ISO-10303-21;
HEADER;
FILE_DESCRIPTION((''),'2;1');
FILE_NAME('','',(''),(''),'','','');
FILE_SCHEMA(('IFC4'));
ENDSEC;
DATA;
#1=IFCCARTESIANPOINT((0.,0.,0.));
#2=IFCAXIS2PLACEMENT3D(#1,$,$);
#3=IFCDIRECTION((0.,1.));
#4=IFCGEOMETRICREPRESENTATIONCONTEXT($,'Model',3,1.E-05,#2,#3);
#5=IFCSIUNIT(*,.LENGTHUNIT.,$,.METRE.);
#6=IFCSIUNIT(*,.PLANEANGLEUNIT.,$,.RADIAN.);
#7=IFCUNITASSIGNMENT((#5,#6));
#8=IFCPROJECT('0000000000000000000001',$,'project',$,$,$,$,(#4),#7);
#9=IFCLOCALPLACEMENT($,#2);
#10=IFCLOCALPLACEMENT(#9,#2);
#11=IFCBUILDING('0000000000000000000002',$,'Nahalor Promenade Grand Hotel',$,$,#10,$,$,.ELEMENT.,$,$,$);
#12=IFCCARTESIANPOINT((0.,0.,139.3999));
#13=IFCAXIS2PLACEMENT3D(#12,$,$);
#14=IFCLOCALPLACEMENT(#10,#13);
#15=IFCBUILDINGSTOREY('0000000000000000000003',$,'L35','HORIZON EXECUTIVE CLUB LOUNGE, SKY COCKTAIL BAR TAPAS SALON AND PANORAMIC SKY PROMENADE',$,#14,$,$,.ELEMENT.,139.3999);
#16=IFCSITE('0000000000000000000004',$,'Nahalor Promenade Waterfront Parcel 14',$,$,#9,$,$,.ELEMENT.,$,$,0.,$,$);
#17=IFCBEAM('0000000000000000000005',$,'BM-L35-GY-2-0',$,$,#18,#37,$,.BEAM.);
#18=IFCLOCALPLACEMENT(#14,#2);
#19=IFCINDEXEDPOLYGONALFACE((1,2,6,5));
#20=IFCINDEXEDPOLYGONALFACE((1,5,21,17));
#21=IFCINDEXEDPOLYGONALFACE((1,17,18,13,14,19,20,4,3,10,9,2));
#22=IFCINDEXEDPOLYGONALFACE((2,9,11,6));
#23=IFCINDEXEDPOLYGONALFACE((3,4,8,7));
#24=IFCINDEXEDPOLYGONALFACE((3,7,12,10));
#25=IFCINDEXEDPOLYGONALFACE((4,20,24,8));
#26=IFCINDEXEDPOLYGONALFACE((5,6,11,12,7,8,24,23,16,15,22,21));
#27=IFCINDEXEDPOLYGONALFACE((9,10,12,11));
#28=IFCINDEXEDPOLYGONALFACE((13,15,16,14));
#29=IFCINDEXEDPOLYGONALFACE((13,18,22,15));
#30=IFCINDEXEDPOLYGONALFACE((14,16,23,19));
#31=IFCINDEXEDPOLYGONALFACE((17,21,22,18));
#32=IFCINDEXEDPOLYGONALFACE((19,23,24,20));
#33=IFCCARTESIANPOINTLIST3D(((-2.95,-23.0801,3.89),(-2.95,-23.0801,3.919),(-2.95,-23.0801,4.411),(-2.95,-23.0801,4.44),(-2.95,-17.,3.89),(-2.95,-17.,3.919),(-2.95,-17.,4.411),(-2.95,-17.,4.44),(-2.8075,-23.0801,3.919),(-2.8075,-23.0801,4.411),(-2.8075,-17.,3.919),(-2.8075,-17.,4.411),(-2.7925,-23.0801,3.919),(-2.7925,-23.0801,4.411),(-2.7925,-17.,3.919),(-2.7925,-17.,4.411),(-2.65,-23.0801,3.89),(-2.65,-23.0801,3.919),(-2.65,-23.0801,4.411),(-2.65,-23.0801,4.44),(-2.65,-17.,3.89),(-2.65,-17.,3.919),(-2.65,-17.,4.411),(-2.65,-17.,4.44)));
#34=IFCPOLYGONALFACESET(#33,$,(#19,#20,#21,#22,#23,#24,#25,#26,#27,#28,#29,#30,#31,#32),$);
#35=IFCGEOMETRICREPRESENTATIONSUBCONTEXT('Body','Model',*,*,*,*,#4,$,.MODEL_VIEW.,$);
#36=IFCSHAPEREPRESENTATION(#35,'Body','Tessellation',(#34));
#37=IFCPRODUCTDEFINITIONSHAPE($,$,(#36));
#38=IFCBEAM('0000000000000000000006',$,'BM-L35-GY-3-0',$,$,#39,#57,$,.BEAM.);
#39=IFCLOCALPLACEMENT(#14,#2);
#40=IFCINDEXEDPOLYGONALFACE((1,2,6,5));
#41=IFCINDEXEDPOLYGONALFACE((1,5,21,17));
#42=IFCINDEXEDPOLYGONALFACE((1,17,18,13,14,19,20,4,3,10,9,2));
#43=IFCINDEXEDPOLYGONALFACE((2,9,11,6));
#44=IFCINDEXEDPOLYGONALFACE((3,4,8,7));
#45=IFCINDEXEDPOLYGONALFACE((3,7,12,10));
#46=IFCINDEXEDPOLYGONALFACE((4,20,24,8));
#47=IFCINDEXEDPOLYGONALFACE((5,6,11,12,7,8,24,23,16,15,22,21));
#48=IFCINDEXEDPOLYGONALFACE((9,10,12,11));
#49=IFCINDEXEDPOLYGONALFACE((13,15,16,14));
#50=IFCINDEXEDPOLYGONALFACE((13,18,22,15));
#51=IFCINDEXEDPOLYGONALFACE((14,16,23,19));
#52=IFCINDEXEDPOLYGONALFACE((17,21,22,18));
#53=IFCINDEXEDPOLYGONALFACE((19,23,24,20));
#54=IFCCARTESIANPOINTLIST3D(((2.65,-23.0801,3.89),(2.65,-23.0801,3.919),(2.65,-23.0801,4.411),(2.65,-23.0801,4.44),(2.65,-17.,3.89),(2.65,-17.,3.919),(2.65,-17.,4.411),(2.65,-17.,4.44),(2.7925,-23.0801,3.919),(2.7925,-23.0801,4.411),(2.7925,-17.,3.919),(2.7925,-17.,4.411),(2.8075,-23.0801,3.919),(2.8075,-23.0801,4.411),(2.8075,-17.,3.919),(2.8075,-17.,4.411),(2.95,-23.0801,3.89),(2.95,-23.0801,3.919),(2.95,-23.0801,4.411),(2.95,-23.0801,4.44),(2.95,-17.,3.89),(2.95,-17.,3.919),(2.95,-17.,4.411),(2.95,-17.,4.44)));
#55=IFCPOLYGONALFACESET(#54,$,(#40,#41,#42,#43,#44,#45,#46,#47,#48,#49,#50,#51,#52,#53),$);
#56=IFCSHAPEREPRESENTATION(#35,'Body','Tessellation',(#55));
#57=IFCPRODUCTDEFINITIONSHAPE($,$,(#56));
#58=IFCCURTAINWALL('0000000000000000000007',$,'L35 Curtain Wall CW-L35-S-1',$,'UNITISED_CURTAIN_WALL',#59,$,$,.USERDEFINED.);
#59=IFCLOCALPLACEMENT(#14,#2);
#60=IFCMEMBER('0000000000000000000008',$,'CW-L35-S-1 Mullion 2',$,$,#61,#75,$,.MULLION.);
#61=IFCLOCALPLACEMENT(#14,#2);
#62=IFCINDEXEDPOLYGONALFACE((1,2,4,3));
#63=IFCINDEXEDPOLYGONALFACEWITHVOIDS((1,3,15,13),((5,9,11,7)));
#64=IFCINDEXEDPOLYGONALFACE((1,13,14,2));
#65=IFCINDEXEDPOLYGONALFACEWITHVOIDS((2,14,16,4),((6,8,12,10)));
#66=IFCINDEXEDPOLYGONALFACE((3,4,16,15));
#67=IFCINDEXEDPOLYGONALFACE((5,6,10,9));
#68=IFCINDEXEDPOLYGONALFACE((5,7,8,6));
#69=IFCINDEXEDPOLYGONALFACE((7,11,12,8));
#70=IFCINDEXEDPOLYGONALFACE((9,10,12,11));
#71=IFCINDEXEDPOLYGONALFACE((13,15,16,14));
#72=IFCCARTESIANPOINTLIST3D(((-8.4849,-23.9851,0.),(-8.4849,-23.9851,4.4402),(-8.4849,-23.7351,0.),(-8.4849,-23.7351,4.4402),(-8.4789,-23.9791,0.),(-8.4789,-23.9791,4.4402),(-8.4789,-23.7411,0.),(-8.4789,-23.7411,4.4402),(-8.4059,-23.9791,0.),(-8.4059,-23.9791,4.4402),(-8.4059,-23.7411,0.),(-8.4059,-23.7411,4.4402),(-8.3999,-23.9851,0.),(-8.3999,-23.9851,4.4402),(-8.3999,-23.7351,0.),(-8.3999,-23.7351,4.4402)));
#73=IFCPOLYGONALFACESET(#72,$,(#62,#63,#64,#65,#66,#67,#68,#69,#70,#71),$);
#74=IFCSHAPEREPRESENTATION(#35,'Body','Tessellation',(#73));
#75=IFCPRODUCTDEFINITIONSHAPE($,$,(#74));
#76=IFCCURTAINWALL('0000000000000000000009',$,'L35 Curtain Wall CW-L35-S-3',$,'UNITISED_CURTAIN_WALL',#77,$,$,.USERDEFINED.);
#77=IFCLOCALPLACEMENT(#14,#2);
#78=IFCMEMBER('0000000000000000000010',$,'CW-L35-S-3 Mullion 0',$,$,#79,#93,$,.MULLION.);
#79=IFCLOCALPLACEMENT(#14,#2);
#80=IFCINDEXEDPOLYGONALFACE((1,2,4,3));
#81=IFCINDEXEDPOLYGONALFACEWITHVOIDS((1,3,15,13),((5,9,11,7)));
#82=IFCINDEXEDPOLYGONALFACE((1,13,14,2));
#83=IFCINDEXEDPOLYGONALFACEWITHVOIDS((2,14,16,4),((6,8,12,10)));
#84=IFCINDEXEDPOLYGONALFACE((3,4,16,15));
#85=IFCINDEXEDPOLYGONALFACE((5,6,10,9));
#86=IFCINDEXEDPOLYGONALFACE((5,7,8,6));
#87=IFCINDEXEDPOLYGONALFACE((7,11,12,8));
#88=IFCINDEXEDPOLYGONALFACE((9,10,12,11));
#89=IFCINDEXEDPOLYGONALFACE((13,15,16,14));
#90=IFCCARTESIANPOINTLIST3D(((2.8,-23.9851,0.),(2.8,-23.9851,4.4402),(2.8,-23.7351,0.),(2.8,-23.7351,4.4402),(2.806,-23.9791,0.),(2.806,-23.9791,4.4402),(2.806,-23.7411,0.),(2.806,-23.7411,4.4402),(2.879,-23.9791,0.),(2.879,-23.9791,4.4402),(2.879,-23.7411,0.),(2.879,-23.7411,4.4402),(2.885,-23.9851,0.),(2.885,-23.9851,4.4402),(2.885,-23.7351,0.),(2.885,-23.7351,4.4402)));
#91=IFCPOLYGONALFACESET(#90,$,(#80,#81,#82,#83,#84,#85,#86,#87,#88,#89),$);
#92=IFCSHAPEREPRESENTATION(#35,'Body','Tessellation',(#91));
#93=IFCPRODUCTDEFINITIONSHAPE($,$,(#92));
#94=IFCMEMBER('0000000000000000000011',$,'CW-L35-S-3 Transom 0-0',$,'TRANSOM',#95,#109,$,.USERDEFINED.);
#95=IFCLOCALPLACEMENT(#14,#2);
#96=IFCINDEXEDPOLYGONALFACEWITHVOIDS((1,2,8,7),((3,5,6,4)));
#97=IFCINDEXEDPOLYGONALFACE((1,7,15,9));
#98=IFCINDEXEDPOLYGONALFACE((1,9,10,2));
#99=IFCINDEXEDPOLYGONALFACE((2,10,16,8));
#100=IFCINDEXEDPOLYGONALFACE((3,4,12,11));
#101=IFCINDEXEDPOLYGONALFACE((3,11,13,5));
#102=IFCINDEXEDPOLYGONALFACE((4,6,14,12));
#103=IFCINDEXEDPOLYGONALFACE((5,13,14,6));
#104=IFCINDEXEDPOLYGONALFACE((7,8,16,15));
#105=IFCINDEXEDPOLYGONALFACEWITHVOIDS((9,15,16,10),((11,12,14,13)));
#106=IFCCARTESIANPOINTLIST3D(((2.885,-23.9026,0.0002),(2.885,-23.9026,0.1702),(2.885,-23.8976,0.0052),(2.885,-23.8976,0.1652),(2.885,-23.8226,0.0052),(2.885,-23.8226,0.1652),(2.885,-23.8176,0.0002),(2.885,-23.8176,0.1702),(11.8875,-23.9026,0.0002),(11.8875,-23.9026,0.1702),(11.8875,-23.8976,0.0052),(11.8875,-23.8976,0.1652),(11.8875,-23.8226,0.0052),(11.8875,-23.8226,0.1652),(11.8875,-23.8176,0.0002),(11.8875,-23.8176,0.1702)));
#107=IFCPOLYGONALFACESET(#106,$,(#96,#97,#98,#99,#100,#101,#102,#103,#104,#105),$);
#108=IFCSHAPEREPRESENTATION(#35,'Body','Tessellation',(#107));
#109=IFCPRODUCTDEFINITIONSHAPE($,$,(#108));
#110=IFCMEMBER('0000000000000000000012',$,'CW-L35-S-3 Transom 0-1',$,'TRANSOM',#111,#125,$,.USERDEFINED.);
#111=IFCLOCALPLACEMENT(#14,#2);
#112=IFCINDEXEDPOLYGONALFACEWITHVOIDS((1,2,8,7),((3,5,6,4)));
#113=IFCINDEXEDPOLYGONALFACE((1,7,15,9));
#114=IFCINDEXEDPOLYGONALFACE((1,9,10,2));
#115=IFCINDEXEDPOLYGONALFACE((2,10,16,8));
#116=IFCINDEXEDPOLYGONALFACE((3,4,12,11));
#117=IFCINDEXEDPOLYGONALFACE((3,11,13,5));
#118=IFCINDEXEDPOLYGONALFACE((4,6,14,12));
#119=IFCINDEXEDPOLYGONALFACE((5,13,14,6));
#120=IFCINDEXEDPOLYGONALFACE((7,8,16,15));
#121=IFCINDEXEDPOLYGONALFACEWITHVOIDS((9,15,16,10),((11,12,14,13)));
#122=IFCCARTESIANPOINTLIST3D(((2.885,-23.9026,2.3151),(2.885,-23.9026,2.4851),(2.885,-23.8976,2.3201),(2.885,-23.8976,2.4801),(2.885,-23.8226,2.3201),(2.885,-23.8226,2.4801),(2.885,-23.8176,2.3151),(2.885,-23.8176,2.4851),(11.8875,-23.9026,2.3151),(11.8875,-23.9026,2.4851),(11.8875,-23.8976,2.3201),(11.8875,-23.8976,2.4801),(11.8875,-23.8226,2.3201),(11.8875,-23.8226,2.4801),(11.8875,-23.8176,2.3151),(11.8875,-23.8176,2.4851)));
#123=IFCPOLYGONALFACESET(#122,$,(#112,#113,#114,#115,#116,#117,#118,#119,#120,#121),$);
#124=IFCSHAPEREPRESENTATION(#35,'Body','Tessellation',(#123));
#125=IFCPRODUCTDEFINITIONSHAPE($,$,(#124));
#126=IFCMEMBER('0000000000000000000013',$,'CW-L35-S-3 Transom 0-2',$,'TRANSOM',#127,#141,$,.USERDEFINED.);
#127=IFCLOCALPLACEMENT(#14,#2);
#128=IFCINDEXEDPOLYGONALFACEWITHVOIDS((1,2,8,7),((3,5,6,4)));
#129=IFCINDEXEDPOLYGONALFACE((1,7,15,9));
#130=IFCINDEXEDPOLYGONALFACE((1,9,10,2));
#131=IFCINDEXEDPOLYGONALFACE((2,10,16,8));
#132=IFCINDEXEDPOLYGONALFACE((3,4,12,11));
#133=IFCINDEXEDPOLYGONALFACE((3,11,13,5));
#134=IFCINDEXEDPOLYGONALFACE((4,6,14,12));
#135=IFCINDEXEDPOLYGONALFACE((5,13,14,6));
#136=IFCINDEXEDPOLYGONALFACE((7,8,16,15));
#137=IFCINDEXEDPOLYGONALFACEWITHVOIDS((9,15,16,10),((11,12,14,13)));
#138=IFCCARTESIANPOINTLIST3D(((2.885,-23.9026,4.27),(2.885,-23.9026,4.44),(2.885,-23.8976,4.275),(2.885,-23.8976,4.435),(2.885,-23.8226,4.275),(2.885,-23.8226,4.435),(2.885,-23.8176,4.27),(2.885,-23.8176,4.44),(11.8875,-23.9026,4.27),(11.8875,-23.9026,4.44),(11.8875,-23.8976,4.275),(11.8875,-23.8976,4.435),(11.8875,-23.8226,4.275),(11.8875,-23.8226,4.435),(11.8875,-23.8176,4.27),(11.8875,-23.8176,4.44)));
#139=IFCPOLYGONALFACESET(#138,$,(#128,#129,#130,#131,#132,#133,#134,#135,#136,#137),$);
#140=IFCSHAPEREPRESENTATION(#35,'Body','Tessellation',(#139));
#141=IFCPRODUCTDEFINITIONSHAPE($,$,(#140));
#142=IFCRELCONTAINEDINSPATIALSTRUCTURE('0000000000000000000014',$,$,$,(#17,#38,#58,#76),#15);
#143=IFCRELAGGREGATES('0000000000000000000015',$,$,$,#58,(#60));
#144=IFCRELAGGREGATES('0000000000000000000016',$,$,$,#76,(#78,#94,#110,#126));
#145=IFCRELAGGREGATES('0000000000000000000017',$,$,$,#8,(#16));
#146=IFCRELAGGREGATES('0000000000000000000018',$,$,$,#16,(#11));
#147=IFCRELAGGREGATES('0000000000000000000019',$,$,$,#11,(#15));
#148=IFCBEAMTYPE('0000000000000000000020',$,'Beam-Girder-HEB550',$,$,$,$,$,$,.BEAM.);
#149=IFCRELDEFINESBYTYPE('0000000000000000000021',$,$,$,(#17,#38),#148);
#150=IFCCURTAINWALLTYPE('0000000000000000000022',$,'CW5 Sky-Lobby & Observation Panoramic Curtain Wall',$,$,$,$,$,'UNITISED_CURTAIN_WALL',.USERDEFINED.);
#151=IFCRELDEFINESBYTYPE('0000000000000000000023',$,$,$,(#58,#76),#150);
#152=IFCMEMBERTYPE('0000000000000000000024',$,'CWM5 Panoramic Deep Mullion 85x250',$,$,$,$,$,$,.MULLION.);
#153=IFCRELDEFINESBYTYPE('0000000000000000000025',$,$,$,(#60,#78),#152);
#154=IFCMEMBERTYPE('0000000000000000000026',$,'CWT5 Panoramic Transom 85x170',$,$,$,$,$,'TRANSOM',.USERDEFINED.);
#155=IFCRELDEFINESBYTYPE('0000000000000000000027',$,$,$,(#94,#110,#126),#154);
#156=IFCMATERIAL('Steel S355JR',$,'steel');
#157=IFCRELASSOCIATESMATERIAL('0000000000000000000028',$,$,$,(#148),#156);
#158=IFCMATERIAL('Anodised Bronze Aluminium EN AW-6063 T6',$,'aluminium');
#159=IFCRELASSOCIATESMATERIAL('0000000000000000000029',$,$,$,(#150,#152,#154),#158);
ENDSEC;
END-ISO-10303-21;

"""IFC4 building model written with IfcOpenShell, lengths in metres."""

from ifc_helpers import new_model, si_unit, direction, frame, origin, origin_2d, place, context, subcontext, project, spatial, hollow_rectangle, i_section, extrude, source, transform, mapped, material, material_profile, profile_set, type_object, element, aggregate, save


model = new_model("IFC4")

# Units and contexts
model_context = context("Model", 3, precision=1e-05, world=origin(), true_north=direction((0.0, 1.0)))
body_context = subcontext(model_context, "Body", "Model", "MODEL_VIEW")
ifc_project = project(units=[si_unit("LENGTHUNIT", "METRE"), si_unit("PLANEANGLEUNIT", "RADIAN")], contexts=[model_context])

# Site, building, storey
site_placement = place(None, origin())
site = spatial("IfcSite", under=ifc_project, at=site_placement, Name="Nahalor Promenade Waterfront Parcel 14", CompositionType="ELEMENT", RefElevation=0.0)
building_placement = place(site_placement, origin())
building = spatial("IfcBuilding", under=site, at=building_placement, Name="Nahalor Promenade Grand Hotel", CompositionType="ELEMENT")
storey_placement = place(building_placement, frame((0.0, 0.0, 139.3999)))
storey = spatial("IfcBuildingStorey", under=building, at=storey_placement, Name="L35", Description="HORIZON EXECUTIVE CLUB LOUNGE, SKY COCKTAIL BAR TAPAS SALON AND PANORAMIC SKY PROMENADE", CompositionType="ELEMENT", Elevation=139.3999)

# Beams
ifc_material_1 = material(Name="Steel S355JR", Category="steel")
ifc_material_profile_1 = material_profile(ifc_material_1, i_section(OverallWidth=0.3, OverallDepth=0.55, WebThickness=0.015, FlangeThickness=0.029, at=origin_2d()), Name="HEB 550")
ifc_profile_set_1 = profile_set([ifc_material_profile_1], Name="Steel S355JR")
beam_type_1 = type_object("IfcBeamType", Name="Beam-Girder-HEB550", PredefinedType="BEAM", material=ifc_profile_set_1)
shared_shape_1 = source(origin(), body_context, "Body", "SweptSolid", [
    extrude(i_section(OverallWidth=0.3, OverallDepth=0.55, WebThickness=0.015, FlangeThickness=0.029, at=origin_2d()), origin(), (0.0, 0.0, 1.0), 6.0801),
])
for number, where, z_axis, x_axis, name in (
    (1, (-2.8, -23.0801, 4.165), (0.0, 1.0, 0.0), (-1.0, 0.0, 0.0), "BM-L35-GY-2-0"),
    (2, (2.8, -23.0801, 4.165), (0.0, 1.0, 0.0), (-1.0, 0.0, 0.0), "BM-L35-GY-3-0"),
):
    element("IfcBeam", number, at=place(storey_placement, frame(where, z_axis=z_axis, x_axis=x_axis)), inside=storey, type_object=beam_type_1, Name=name, PredefinedType="BEAM", context=body_context, shape_type="MappedRepresentation", body=[
        mapped(shared_shape_1, transform((0.0, 0.0, 0.0), scale=1.0)),
    ])

# Curtain wall, member
ifc_material_2 = material(Name="Anodised Bronze Aluminium EN AW-6063 T6", Category="aluminium")
curtain_wall_type = type_object("IfcCurtainWallType", Name="CW5 Sky-Lobby & Observation Panoramic Curtain Wall", ElementType="UNITISED_CURTAIN_WALL", PredefinedType="USERDEFINED", material=ifc_material_2)
curtain_wall_1_placement = place(storey_placement, origin())
curtain_wall_1 = element("IfcCurtainWall", 3, at=curtain_wall_1_placement, inside=storey, type_object=curtain_wall_type, Name="L35 Curtain Wall CW-L35-S-1", ObjectType="UNITISED_CURTAIN_WALL", PredefinedType="USERDEFINED")
ifc_material_profile_2 = material_profile(ifc_material_2, hollow_rectangle(XDim=0.085, YDim=0.25, WallThickness=0.006, at=origin_2d()), Name="CWM 85x250x6")
ifc_profile_set_2 = profile_set([ifc_material_profile_2], Name="Anodised Bronze Aluminium EN AW-6063 T6")
member_type_1 = type_object("IfcMemberType", Name="CWM5 Panoramic Deep Mullion 85x250", PredefinedType="MULLION", material=ifc_profile_set_2)
shared_shape_2 = source(origin(), body_context, "Body", "SweptSolid", [
    extrude(hollow_rectangle(XDim=0.085, YDim=0.25, WallThickness=0.006, at=origin_2d()), origin(), (0.0, 0.0, 1.0), 4.4402),
])
member_1_placement = place(storey_placement, frame((-8.4424, -23.8601, 0.0), z_axis=(0.0, 0.0, 1.0), x_axis=(1.0, 0.0, 0.0)))
member_1 = element("IfcMember", 4, at=member_1_placement, type_object=member_type_1, Name="CW-L35-S-1 Mullion 2", PredefinedType="MULLION", context=body_context, shape_type="MappedRepresentation", body=[
    mapped(shared_shape_2, transform((0.0, 0.0, 0.0), scale=1.0)),
])
aggregate(curtain_wall_1, [member_1])

# Curtain wall, members
curtain_wall_2_placement = place(storey_placement, origin())
curtain_wall_2 = element("IfcCurtainWall", 5, at=curtain_wall_2_placement, inside=storey, type_object=curtain_wall_type, Name="L35 Curtain Wall CW-L35-S-3", ObjectType="UNITISED_CURTAIN_WALL", PredefinedType="USERDEFINED")
member_2_placement = place(storey_placement, frame((2.8425, -23.8601, 0.0), z_axis=(0.0, 0.0, 1.0), x_axis=(1.0, 0.0, 0.0)))
member_2 = element("IfcMember", 6, at=member_2_placement, type_object=member_type_1, Name="CW-L35-S-3 Mullion 0", PredefinedType="MULLION", context=body_context, shape_type="MappedRepresentation", body=[
    mapped(shared_shape_2, transform((0.0, 0.0, 0.0), scale=1.0)),
])
ifc_material_profile_3 = material_profile(ifc_material_2, hollow_rectangle(XDim=0.085, YDim=0.17, WallThickness=0.005, at=origin_2d()), Name="CWT 85x170x5")
ifc_profile_set_3 = profile_set([ifc_material_profile_3], Name="Anodised Bronze Aluminium EN AW-6063 T6")
member_type_2 = type_object("IfcMemberType", Name="CWT5 Panoramic Transom 85x170", ElementType="TRANSOM", PredefinedType="USERDEFINED", material=ifc_profile_set_3)
shared_shape_3 = source(origin(), body_context, "Body", "SweptSolid", [
    extrude(hollow_rectangle(XDim=0.085, YDim=0.17, WallThickness=0.005, at=origin_2d()), origin(), (0.0, 0.0, 1.0), 9.0024),
])
member_3_placement = place(storey_placement, frame((2.885, -23.8601, 0.0852), z_axis=(1.0, 0.0, 0.0), x_axis=(0.0, 1.0, 0.0)))
member_3 = element("IfcMember", 7, at=member_3_placement, type_object=member_type_2, Name="CW-L35-S-3 Transom 0-0", ObjectType="TRANSOM", PredefinedType="USERDEFINED", context=body_context, shape_type="MappedRepresentation", body=[
    mapped(shared_shape_3, transform((0.0, 0.0, 0.0), scale=1.0)),
])
member_4_placement = place(storey_placement, frame((2.885, -23.8601, 2.4001), z_axis=(1.0, 0.0, 0.0), x_axis=(0.0, 1.0, 0.0)))
member_4 = element("IfcMember", 8, at=member_4_placement, type_object=member_type_2, Name="CW-L35-S-3 Transom 0-1", ObjectType="TRANSOM", PredefinedType="USERDEFINED", context=body_context, shape_type="MappedRepresentation", body=[
    mapped(shared_shape_3, transform((0.0, 0.0, 0.0), scale=1.0)),
])
member_5_placement = place(storey_placement, frame((2.885, -23.8601, 4.355), z_axis=(1.0, 0.0, 0.0), x_axis=(0.0, 1.0, 0.0)))
member_5 = element("IfcMember", 9, at=member_5_placement, type_object=member_type_2, Name="CW-L35-S-3 Transom 0-2", ObjectType="TRANSOM", PredefinedType="USERDEFINED", context=body_context, shape_type="MappedRepresentation", body=[
    mapped(shared_shape_3, transform((0.0, 0.0, 0.0), scale=1.0)),
])
aggregate(curtain_wall_2, [member_2, member_3, member_4, member_5])

save(model, "model.ifc")
